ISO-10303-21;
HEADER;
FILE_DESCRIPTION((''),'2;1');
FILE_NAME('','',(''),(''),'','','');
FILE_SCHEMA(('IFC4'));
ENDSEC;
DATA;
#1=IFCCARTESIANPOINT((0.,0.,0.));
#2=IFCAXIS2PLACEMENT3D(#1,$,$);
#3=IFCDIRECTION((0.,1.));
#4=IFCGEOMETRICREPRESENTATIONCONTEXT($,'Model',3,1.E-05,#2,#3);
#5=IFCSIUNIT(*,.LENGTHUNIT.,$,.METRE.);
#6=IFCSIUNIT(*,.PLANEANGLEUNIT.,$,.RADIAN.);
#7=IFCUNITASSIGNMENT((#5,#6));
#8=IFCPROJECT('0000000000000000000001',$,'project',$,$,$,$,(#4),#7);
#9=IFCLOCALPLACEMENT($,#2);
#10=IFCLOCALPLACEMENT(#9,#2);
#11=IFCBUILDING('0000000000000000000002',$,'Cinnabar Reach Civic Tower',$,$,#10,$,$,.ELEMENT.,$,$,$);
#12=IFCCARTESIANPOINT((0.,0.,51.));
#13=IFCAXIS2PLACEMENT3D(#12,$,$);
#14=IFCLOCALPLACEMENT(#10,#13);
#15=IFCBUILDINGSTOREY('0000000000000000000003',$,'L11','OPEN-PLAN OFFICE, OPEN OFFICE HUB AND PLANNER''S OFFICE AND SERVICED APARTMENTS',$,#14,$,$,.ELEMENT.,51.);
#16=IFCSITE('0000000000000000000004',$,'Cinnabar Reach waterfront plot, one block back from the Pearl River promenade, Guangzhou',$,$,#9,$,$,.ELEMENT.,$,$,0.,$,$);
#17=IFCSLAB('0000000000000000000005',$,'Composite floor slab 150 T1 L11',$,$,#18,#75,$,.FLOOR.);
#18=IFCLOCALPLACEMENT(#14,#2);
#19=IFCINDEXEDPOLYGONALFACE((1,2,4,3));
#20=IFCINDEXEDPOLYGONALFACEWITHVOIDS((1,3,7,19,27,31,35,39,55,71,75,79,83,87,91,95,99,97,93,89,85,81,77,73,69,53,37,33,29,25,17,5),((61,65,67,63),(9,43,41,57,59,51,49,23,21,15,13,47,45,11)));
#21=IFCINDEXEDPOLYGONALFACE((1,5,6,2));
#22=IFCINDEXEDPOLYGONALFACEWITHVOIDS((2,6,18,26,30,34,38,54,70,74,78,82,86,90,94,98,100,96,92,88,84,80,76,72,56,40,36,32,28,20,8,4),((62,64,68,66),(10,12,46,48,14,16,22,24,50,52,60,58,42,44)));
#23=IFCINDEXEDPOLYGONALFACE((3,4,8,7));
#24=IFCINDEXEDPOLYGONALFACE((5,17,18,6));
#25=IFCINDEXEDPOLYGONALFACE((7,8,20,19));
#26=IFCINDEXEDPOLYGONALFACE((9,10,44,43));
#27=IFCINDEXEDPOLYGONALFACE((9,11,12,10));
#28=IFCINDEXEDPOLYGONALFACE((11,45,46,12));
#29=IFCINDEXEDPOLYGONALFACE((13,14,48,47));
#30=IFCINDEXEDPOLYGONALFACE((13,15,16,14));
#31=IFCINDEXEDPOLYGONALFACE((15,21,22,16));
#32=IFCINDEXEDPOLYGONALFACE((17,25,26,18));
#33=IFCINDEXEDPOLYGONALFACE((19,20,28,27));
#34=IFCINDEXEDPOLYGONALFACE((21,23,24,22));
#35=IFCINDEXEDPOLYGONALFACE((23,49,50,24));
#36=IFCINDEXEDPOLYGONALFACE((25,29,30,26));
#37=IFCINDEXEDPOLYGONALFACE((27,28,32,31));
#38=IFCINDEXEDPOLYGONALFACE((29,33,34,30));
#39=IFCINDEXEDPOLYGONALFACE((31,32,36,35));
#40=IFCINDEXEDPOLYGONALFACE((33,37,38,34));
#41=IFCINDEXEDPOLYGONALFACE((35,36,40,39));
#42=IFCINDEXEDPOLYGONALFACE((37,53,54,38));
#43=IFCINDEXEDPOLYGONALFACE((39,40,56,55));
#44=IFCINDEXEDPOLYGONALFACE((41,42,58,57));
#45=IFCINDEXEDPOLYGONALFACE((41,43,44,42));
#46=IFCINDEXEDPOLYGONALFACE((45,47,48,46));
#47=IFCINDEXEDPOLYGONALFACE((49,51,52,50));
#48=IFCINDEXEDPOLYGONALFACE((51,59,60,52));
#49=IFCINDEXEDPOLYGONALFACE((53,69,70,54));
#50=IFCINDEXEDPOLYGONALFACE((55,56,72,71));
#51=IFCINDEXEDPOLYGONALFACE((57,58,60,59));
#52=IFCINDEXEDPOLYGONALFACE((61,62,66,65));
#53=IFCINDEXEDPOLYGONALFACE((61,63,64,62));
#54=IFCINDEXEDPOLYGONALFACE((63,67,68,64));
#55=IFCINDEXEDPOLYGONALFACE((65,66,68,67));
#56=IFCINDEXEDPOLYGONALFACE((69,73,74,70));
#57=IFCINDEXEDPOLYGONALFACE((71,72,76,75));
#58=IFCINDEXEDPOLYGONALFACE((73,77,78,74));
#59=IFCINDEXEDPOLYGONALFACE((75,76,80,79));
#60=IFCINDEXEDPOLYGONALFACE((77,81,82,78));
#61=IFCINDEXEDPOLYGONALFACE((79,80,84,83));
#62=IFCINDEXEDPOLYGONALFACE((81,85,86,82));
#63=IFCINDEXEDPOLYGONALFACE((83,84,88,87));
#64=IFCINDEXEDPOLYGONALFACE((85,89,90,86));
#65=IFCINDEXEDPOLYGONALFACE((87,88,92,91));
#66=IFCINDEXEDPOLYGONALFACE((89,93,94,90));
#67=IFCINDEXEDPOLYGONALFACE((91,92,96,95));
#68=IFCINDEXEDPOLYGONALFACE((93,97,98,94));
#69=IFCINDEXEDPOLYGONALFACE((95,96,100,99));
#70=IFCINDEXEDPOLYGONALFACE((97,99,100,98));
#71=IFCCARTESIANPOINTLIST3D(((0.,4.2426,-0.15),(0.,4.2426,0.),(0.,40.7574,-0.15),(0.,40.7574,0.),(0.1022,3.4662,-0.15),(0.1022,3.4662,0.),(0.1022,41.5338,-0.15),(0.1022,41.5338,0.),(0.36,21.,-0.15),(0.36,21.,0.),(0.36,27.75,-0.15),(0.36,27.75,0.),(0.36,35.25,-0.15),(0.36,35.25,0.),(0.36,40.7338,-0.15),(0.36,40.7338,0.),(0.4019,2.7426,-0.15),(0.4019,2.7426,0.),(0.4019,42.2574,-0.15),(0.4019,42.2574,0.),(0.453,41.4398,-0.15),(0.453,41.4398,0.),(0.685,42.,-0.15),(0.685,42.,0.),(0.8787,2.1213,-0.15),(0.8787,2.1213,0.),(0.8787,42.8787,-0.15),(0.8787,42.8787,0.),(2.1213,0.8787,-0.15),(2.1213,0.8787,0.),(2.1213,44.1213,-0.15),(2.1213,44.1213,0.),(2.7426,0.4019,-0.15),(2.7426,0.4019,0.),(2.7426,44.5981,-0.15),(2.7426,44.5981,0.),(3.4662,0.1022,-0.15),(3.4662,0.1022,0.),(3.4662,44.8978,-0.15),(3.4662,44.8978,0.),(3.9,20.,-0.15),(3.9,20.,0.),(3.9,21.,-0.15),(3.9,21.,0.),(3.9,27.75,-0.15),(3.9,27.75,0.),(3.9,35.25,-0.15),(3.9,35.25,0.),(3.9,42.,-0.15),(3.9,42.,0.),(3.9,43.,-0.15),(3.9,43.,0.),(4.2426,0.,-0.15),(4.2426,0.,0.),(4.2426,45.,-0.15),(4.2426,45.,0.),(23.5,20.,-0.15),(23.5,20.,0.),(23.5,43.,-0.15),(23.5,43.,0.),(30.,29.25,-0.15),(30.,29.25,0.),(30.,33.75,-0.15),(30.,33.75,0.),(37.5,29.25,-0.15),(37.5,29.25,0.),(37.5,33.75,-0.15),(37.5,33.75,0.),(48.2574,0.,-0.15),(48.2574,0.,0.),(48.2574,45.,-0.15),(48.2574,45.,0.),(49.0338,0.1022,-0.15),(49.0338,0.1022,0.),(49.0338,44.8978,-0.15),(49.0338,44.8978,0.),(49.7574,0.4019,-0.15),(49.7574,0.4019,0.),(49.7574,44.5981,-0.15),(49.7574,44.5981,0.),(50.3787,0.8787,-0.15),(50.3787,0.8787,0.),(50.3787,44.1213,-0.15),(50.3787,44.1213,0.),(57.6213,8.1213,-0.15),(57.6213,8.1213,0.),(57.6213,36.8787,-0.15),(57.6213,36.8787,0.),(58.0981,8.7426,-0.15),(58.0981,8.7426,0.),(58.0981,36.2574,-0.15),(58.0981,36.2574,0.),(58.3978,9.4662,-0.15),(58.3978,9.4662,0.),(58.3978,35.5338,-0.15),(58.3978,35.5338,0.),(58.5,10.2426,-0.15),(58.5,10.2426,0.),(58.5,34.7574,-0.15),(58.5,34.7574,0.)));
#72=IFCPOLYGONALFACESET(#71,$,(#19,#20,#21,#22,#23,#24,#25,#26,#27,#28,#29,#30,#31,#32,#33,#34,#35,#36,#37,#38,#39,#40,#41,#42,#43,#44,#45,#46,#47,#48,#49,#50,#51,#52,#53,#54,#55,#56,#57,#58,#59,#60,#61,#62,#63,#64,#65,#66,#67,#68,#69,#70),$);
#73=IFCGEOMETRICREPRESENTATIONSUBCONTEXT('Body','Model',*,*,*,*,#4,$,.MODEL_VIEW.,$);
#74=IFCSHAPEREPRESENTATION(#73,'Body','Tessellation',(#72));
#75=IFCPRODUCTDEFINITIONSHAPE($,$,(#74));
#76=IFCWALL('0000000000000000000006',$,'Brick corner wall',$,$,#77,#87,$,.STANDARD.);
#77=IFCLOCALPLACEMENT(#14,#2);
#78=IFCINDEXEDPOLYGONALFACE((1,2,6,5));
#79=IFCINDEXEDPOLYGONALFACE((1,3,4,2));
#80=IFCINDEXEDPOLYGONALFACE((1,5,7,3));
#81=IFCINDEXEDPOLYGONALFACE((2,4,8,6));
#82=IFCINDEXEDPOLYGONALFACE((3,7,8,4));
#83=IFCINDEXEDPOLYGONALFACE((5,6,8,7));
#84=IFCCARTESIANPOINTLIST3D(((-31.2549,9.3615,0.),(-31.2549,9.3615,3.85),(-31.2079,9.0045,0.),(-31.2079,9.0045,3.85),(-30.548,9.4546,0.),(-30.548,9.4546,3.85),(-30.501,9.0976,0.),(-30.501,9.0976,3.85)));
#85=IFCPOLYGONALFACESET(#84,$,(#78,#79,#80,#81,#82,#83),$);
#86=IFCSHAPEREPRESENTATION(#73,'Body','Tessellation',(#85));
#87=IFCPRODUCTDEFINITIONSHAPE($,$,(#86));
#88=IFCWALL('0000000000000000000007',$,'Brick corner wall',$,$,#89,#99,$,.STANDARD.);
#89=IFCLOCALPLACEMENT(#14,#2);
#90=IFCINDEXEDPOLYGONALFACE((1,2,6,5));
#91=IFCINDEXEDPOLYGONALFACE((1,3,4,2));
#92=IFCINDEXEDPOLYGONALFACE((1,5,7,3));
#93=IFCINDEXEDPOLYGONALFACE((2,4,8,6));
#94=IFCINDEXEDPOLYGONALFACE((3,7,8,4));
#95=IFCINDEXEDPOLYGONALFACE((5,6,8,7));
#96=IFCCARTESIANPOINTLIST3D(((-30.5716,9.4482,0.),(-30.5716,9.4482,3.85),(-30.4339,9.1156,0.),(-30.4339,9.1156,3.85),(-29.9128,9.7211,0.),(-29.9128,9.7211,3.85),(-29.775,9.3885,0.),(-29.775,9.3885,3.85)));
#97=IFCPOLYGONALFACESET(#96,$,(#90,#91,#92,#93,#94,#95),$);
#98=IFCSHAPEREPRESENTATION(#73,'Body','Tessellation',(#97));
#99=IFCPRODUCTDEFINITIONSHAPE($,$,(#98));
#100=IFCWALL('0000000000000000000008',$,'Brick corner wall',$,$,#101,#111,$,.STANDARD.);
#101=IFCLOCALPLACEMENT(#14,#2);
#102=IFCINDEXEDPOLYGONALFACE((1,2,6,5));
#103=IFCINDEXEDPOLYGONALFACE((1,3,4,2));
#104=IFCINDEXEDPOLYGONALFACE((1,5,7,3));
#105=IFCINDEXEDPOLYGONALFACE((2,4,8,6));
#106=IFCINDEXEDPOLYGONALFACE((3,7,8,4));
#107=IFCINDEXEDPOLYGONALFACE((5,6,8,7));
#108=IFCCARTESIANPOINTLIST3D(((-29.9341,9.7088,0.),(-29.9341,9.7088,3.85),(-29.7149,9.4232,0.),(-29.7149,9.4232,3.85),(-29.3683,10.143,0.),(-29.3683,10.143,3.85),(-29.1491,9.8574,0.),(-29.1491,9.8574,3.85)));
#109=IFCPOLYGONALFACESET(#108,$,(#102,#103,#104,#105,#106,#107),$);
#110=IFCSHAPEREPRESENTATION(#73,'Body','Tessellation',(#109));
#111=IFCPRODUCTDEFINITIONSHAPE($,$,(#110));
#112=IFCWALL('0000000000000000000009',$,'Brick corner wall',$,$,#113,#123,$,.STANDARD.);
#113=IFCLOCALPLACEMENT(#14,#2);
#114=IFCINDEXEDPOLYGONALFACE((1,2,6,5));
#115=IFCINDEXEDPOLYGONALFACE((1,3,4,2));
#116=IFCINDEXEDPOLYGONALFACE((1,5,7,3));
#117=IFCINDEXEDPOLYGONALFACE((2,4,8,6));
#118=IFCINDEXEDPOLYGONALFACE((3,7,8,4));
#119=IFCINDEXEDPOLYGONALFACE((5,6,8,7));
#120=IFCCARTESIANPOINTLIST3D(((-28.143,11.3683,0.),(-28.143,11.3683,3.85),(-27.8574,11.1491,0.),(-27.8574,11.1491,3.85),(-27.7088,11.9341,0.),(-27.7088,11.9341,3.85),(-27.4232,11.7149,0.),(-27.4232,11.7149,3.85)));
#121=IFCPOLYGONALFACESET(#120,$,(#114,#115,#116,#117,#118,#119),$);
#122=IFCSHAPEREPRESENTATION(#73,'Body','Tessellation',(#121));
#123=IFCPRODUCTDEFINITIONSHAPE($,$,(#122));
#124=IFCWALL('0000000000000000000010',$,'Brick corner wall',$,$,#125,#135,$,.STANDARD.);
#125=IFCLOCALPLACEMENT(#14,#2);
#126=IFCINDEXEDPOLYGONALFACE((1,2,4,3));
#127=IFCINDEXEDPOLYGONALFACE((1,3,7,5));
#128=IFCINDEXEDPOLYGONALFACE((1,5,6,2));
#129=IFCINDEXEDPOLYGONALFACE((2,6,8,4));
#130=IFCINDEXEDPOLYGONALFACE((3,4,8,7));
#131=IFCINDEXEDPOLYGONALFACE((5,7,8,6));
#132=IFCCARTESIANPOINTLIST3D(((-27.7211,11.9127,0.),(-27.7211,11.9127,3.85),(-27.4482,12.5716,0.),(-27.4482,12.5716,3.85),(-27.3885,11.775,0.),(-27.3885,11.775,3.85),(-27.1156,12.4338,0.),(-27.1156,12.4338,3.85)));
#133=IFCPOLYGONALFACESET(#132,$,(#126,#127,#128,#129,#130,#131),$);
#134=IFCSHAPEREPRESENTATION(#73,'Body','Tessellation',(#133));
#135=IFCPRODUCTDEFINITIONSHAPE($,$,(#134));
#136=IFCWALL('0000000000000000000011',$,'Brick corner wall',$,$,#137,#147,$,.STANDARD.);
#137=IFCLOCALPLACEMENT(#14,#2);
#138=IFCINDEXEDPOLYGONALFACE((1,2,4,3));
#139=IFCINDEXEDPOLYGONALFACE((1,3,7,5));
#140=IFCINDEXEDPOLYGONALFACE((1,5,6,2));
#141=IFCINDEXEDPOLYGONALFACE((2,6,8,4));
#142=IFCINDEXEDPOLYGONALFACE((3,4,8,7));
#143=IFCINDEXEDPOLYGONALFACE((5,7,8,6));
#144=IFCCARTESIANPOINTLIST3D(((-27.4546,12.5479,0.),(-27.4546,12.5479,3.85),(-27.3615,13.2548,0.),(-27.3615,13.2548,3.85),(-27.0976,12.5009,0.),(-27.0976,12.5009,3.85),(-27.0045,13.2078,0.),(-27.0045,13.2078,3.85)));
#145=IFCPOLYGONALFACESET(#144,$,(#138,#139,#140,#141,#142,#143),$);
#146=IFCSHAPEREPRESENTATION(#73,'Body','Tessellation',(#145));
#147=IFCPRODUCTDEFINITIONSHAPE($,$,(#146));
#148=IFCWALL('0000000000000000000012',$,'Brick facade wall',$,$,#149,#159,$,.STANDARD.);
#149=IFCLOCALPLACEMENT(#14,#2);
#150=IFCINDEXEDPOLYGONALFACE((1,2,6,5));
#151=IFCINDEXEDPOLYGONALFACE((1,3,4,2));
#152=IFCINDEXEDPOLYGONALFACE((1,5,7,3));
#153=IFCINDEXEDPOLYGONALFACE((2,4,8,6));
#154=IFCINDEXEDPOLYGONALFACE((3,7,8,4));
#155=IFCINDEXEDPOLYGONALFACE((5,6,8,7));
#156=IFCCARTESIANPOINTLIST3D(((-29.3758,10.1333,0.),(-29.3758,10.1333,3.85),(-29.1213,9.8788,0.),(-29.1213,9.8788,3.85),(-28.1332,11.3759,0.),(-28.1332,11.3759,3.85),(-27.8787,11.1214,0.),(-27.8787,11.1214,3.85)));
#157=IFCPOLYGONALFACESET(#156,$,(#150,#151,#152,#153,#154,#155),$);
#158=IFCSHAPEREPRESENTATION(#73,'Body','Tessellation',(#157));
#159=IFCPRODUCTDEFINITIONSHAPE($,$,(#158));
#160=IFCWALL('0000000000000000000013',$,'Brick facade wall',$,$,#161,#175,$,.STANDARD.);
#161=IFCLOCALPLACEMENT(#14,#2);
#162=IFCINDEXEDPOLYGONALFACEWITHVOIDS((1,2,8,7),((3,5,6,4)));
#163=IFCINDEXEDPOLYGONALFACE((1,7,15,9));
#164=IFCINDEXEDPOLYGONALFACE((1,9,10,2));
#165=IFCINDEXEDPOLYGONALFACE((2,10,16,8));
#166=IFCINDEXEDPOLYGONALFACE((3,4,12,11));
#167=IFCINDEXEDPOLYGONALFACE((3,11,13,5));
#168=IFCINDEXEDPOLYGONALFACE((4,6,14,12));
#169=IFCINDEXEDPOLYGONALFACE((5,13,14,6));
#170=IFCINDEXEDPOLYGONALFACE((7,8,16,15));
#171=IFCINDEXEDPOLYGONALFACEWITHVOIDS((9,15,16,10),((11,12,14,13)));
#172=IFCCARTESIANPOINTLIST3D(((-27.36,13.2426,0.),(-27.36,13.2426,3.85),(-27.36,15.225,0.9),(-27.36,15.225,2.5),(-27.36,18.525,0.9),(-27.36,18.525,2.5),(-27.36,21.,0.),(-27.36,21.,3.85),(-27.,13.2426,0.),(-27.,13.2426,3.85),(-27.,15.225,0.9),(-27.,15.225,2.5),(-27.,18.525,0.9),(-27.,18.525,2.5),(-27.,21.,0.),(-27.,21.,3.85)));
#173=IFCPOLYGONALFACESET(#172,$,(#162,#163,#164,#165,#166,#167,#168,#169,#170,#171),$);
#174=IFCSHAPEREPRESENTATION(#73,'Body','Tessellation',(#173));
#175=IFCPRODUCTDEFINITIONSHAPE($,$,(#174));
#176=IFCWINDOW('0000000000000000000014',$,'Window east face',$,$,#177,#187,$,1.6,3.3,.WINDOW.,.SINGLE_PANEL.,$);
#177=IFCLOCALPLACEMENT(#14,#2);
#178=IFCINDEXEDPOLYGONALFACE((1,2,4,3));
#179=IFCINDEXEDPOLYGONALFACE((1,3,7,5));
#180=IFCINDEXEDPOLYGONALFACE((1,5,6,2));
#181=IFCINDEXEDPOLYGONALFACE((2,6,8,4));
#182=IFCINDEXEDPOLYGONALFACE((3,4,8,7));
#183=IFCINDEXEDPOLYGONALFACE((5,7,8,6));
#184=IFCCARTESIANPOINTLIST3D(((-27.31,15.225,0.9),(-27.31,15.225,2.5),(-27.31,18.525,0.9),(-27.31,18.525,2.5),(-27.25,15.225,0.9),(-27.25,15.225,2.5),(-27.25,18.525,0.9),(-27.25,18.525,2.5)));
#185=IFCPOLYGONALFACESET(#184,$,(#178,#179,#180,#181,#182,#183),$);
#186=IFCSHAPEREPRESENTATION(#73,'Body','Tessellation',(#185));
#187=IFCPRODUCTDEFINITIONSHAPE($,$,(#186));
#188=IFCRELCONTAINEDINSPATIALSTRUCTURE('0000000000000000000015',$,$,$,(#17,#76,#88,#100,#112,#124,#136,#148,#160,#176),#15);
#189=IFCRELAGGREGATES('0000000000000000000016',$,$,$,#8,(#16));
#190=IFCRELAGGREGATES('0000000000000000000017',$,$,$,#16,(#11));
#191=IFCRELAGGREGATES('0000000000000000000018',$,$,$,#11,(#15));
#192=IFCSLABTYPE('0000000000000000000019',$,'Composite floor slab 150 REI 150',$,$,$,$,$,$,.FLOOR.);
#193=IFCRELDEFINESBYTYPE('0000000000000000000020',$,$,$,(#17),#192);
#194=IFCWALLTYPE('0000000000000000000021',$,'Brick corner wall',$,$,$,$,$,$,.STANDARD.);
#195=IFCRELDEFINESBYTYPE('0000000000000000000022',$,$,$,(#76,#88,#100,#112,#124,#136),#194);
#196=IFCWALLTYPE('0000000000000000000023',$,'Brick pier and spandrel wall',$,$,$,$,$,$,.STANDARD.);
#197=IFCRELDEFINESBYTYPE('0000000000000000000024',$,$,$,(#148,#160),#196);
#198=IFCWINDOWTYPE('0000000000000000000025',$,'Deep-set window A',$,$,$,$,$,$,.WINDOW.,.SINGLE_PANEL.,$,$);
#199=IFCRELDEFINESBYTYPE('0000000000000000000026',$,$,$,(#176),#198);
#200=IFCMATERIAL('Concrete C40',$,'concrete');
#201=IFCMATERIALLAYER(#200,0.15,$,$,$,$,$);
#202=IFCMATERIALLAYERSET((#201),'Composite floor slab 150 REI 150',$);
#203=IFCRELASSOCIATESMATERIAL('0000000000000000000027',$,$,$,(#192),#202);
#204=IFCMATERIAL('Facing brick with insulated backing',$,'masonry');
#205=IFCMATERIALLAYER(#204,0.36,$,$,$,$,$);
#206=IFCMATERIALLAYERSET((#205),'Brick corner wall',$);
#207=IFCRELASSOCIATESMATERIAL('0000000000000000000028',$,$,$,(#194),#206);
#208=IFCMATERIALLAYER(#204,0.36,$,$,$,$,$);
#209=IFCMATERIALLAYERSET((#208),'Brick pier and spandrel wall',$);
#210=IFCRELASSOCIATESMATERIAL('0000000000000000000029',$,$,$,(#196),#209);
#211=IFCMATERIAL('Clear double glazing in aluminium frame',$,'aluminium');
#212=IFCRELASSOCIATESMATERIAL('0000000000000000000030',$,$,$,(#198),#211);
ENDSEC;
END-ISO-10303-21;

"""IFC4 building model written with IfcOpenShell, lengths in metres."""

from ifc_helpers import new_model, si_unit, direction, frame, frame_2d, origin, place, context, subcontext, project, spatial, polyline, rectangle, outline, extrude, material, layer, layer_set, type_object, element, fill, save


model = new_model("IFC4")

# Units and contexts
model_context = context("Model", 3, precision=1e-05, world=origin(), true_north=direction((0.0, 1.0)))
body_context = subcontext(model_context, "Body", "Model", "MODEL_VIEW")
ifc_project = project(units=[si_unit("LENGTHUNIT", "METRE"), si_unit("PLANEANGLEUNIT", "RADIAN")], contexts=[model_context])

# Site, building, storey
site_placement = place(None, origin())
site = spatial("IfcSite", under=ifc_project, at=site_placement, Name="Cinnabar Reach waterfront plot, one block back from the Pearl River promenade, Guangzhou", CompositionType="ELEMENT", RefElevation=0.0)
building_placement = place(site_placement, origin())
building = spatial("IfcBuilding", under=site, at=building_placement, Name="Cinnabar Reach Civic Tower", CompositionType="ELEMENT")
storey_placement = place(building_placement, frame((0.0, 0.0, 51.0)))
storey = spatial("IfcBuildingStorey", under=building, at=storey_placement, Name="L11", Description="OPEN-PLAN OFFICE, OPEN OFFICE HUB AND PLANNER'S OFFICE AND SERVICED APARTMENTS", CompositionType="ELEMENT", Elevation=51.0)

# Shared definitions
ifc_material_1 = material(Name="Concrete C40", Category="concrete")

# Slab
ifc_layer_1 = layer(ifc_material_1, 0.15)
ifc_layer_set_1 = layer_set([ifc_layer_1], Name="Composite floor slab 150 REI 150")
slab_type_1 = type_object("IfcSlabType", Name="Composite floor slab 150 REI 150", PredefinedType="FLOOR", material=ifc_layer_set_1)
slab_1_placement = place(storey_placement, frame((0.0, 0.0, -0.15)))
element("IfcSlab", 1, at=slab_1_placement, inside=storey, type_object=slab_type_1, Name="Composite floor slab 150 T1 L11", PredefinedType="FLOOR", context=body_context, shape_type="SweptSolid", body=[
    extrude(outline(polyline([(0.8787, 2.1213), (0.4019, 2.7426), (0.1022, 3.4662), (0.0, 4.2426), (0.0, 40.7574), (0.1022, 41.5338), (0.4019, 42.2574), (0.8787, 42.8787), (2.1213, 44.1213), (2.7426, 44.5981), (3.4662, 44.8978), (4.2426, 45.0), (48.2574, 45.0), (49.0338, 44.8978), (49.7574, 44.5981), (50.3787, 44.1213), (57.6213, 36.8787), (58.0981, 36.2574), (58.3978, 35.5338), (58.5, 34.7574), (58.5, 10.2426), (58.3978, 9.4662), (58.0981, 8.7426), (57.6213, 8.1213), (50.3787, 0.8787), (49.7574, 0.4019), (49.0338, 0.1022), (48.2574, 0.0), (4.2426, 0.0), (3.4662, 0.1022), (2.7426, 0.4019), (2.1213, 0.8787), (0.8787, 2.1213)]), holes=[polyline([(0.36, 21.0), (3.9, 21.0), (3.9, 20.0), (23.5, 20.0), (23.5, 43.0), (3.9, 43.0), (3.9, 42.0), (0.685, 42.0), (0.453, 41.4398), (0.36, 40.7338), (0.36, 35.25), (3.9, 35.25), (3.9, 27.75), (0.36, 27.75), (0.36, 21.0)]), polyline([(30.0, 33.75), (30.0, 29.25), (37.5, 29.25), (37.5, 33.75), (30.0, 33.75)])]), origin(), (0.0, 0.0, 1.0), 0.15),
])

# Walls
ifc_material_2 = material(Name="Facing brick with insulated backing", Category="masonry")
ifc_layer_2 = layer(ifc_material_2, 0.36)
ifc_layer_set_2 = layer_set([ifc_layer_2], Name="Brick corner wall")
wall_type_1 = type_object("IfcWallType", Name="Brick corner wall", PredefinedType="STANDARD", material=ifc_layer_set_2)
for number, where, z_axis, x_axis, name in (
    (2, (-31.2314, 9.183, 0.0), (0.0, 0.0, 1.0), (0.991441, 0.130556, 0.0), "Brick corner wall"),
    (3, (-30.5027, 9.2819, 0.0), (0.0, 0.0, 1.0), (0.923872, 0.382703, 0.0), "Brick corner wall"),
):
    element("IfcWall", number, at=place(storey_placement, frame(where, z_axis=z_axis, x_axis=x_axis)), inside=storey, type_object=wall_type_1, Name=name, PredefinedType="STANDARD", context=body_context, shape_type="SweptSolid", body=[
        extrude(rectangle(XDim=0.7131, YDim=0.36, at=frame_2d((0.3565, 0.0))), origin(), (0.0, 0.0, 1.0), 3.85),
    ])
for number, where, z_axis, x_axis, name in (
    (4, (-29.8245, 9.566, 0.0), (0.0, 0.0, 1.0), (0.793322, 0.608802, 0.0), "Brick corner wall"),
    (5, (-28.0002, 11.2587, 0.0), (0.0, 0.0, 1.0), (0.608802, 0.793322, 0.0), "Brick corner wall"),
):
    element("IfcWall", number, at=place(storey_placement, frame(where, z_axis=z_axis, x_axis=x_axis)), inside=storey, type_object=wall_type_1, Name=name, PredefinedType="STANDARD", context=body_context, shape_type="SweptSolid", body=[
        extrude(rectangle(XDim=0.7132, YDim=0.36, at=frame_2d((0.3566, 0.0))), origin(), (0.0, 0.0, 1.0), 3.85),
    ])
for number, where, z_axis, x_axis, name in (
    (6, (-27.5548, 11.8439, 0.0), (0.0, 0.0, 1.0), (0.382703, 0.923872, 0.0), "Brick corner wall"),
    (7, (-27.2761, 12.5244, 0.0), (0.0, 0.0, 1.0), (0.130556, 0.991441, 0.0), "Brick corner wall"),
):
    element("IfcWall", number, at=place(storey_placement, frame(where, z_axis=z_axis, x_axis=x_axis)), inside=storey, type_object=wall_type_1, Name=name, PredefinedType="STANDARD", context=body_context, shape_type="SweptSolid", body=[
        extrude(rectangle(XDim=0.7131, YDim=0.36, at=frame_2d((0.3565, 0.0))), origin(), (0.0, 0.0, 1.0), 3.85),
    ])
ifc_layer_3 = layer(ifc_material_2, 0.36)
ifc_layer_set_3 = layer_set([ifc_layer_3], Name="Brick pier and spandrel wall")
wall_type_2 = type_object("IfcWallType", Name="Brick pier and spandrel wall", PredefinedType="STANDARD", material=ifc_layer_set_3)
wall_1_placement = place(storey_placement, frame((-29.2486, 10.006, 0.0), z_axis=(0.0, 0.0, 1.0), x_axis=(0.707107, 0.707107, 0.0)))
element("IfcWall", 8, at=wall_1_placement, inside=storey, type_object=wall_type_2, Name="Brick facade wall", PredefinedType="STANDARD", context=body_context, shape_type="SweptSolid", body=[
    extrude(rectangle(XDim=1.7573, YDim=0.36, at=frame_2d((0.8787, 0.0))), origin(), (0.0, 0.0, 1.0), 3.85),
])

# Wall, opening, window
wall_2_placement = place(storey_placement, frame((-27.18, 13.2426, 0.0), z_axis=(0.0, 0.0, 1.0), x_axis=(0.0, 1.0, 0.0)))
wall_2 = element("IfcWall", 9, at=wall_2_placement, inside=storey, type_object=wall_type_2, Name="Brick facade wall", PredefinedType="STANDARD", context=body_context, shape_type="SweptSolid", body=[
    extrude(rectangle(XDim=7.7574, YDim=0.36, at=frame_2d((3.8787, 0.0))), origin(), (0.0, 0.0, 1.0), 3.85),
])
opening_1_placement = place(wall_2_placement, frame((1.9824, 0.0, 0.9)))
opening_1 = element("IfcOpeningElement", 10, at=opening_1_placement, cuts=wall_2, PredefinedType="OPENING", context=body_context, shape_type="SweptSolid", body=[
    extrude(rectangle(XDim=3.3, YDim=1.6, at=frame_2d((1.65, 0.8))), frame((0.0, 0.19, 0.0), z_axis=(0.0, -1.0, 0.0), x_axis=(1.0, 0.0, 0.0)), (0.0, 0.0, 1.0), 0.38),
])
ifc_material_3 = material(Name="Clear double glazing in aluminium frame", Category="aluminium")
window_type = type_object("IfcWindowType", Name="Deep-set window A", PartitioningType="SINGLE_PANEL", PredefinedType="WINDOW", material=ifc_material_3)
window_placement = place(opening_1_placement, origin())
window = element("IfcWindow", 11, at=window_placement, inside=storey, type_object=window_type, Name="Window east face", OverallHeight=1.6, OverallWidth=3.3, PartitioningType="SINGLE_PANEL", PredefinedType="WINDOW", context=body_context, shape_type="SweptSolid", body=[
    extrude(rectangle(XDim=3.3, YDim=1.6, at=frame_2d((1.65, 0.8))), frame((0.0, 0.13, 0.0), z_axis=(0.0, -1.0, 0.0), x_axis=(1.0, 0.0, 0.0)), (0.0, 0.0, 1.0), 0.06),
])
fill(opening_1, window)

save(model, "model.ifc")
